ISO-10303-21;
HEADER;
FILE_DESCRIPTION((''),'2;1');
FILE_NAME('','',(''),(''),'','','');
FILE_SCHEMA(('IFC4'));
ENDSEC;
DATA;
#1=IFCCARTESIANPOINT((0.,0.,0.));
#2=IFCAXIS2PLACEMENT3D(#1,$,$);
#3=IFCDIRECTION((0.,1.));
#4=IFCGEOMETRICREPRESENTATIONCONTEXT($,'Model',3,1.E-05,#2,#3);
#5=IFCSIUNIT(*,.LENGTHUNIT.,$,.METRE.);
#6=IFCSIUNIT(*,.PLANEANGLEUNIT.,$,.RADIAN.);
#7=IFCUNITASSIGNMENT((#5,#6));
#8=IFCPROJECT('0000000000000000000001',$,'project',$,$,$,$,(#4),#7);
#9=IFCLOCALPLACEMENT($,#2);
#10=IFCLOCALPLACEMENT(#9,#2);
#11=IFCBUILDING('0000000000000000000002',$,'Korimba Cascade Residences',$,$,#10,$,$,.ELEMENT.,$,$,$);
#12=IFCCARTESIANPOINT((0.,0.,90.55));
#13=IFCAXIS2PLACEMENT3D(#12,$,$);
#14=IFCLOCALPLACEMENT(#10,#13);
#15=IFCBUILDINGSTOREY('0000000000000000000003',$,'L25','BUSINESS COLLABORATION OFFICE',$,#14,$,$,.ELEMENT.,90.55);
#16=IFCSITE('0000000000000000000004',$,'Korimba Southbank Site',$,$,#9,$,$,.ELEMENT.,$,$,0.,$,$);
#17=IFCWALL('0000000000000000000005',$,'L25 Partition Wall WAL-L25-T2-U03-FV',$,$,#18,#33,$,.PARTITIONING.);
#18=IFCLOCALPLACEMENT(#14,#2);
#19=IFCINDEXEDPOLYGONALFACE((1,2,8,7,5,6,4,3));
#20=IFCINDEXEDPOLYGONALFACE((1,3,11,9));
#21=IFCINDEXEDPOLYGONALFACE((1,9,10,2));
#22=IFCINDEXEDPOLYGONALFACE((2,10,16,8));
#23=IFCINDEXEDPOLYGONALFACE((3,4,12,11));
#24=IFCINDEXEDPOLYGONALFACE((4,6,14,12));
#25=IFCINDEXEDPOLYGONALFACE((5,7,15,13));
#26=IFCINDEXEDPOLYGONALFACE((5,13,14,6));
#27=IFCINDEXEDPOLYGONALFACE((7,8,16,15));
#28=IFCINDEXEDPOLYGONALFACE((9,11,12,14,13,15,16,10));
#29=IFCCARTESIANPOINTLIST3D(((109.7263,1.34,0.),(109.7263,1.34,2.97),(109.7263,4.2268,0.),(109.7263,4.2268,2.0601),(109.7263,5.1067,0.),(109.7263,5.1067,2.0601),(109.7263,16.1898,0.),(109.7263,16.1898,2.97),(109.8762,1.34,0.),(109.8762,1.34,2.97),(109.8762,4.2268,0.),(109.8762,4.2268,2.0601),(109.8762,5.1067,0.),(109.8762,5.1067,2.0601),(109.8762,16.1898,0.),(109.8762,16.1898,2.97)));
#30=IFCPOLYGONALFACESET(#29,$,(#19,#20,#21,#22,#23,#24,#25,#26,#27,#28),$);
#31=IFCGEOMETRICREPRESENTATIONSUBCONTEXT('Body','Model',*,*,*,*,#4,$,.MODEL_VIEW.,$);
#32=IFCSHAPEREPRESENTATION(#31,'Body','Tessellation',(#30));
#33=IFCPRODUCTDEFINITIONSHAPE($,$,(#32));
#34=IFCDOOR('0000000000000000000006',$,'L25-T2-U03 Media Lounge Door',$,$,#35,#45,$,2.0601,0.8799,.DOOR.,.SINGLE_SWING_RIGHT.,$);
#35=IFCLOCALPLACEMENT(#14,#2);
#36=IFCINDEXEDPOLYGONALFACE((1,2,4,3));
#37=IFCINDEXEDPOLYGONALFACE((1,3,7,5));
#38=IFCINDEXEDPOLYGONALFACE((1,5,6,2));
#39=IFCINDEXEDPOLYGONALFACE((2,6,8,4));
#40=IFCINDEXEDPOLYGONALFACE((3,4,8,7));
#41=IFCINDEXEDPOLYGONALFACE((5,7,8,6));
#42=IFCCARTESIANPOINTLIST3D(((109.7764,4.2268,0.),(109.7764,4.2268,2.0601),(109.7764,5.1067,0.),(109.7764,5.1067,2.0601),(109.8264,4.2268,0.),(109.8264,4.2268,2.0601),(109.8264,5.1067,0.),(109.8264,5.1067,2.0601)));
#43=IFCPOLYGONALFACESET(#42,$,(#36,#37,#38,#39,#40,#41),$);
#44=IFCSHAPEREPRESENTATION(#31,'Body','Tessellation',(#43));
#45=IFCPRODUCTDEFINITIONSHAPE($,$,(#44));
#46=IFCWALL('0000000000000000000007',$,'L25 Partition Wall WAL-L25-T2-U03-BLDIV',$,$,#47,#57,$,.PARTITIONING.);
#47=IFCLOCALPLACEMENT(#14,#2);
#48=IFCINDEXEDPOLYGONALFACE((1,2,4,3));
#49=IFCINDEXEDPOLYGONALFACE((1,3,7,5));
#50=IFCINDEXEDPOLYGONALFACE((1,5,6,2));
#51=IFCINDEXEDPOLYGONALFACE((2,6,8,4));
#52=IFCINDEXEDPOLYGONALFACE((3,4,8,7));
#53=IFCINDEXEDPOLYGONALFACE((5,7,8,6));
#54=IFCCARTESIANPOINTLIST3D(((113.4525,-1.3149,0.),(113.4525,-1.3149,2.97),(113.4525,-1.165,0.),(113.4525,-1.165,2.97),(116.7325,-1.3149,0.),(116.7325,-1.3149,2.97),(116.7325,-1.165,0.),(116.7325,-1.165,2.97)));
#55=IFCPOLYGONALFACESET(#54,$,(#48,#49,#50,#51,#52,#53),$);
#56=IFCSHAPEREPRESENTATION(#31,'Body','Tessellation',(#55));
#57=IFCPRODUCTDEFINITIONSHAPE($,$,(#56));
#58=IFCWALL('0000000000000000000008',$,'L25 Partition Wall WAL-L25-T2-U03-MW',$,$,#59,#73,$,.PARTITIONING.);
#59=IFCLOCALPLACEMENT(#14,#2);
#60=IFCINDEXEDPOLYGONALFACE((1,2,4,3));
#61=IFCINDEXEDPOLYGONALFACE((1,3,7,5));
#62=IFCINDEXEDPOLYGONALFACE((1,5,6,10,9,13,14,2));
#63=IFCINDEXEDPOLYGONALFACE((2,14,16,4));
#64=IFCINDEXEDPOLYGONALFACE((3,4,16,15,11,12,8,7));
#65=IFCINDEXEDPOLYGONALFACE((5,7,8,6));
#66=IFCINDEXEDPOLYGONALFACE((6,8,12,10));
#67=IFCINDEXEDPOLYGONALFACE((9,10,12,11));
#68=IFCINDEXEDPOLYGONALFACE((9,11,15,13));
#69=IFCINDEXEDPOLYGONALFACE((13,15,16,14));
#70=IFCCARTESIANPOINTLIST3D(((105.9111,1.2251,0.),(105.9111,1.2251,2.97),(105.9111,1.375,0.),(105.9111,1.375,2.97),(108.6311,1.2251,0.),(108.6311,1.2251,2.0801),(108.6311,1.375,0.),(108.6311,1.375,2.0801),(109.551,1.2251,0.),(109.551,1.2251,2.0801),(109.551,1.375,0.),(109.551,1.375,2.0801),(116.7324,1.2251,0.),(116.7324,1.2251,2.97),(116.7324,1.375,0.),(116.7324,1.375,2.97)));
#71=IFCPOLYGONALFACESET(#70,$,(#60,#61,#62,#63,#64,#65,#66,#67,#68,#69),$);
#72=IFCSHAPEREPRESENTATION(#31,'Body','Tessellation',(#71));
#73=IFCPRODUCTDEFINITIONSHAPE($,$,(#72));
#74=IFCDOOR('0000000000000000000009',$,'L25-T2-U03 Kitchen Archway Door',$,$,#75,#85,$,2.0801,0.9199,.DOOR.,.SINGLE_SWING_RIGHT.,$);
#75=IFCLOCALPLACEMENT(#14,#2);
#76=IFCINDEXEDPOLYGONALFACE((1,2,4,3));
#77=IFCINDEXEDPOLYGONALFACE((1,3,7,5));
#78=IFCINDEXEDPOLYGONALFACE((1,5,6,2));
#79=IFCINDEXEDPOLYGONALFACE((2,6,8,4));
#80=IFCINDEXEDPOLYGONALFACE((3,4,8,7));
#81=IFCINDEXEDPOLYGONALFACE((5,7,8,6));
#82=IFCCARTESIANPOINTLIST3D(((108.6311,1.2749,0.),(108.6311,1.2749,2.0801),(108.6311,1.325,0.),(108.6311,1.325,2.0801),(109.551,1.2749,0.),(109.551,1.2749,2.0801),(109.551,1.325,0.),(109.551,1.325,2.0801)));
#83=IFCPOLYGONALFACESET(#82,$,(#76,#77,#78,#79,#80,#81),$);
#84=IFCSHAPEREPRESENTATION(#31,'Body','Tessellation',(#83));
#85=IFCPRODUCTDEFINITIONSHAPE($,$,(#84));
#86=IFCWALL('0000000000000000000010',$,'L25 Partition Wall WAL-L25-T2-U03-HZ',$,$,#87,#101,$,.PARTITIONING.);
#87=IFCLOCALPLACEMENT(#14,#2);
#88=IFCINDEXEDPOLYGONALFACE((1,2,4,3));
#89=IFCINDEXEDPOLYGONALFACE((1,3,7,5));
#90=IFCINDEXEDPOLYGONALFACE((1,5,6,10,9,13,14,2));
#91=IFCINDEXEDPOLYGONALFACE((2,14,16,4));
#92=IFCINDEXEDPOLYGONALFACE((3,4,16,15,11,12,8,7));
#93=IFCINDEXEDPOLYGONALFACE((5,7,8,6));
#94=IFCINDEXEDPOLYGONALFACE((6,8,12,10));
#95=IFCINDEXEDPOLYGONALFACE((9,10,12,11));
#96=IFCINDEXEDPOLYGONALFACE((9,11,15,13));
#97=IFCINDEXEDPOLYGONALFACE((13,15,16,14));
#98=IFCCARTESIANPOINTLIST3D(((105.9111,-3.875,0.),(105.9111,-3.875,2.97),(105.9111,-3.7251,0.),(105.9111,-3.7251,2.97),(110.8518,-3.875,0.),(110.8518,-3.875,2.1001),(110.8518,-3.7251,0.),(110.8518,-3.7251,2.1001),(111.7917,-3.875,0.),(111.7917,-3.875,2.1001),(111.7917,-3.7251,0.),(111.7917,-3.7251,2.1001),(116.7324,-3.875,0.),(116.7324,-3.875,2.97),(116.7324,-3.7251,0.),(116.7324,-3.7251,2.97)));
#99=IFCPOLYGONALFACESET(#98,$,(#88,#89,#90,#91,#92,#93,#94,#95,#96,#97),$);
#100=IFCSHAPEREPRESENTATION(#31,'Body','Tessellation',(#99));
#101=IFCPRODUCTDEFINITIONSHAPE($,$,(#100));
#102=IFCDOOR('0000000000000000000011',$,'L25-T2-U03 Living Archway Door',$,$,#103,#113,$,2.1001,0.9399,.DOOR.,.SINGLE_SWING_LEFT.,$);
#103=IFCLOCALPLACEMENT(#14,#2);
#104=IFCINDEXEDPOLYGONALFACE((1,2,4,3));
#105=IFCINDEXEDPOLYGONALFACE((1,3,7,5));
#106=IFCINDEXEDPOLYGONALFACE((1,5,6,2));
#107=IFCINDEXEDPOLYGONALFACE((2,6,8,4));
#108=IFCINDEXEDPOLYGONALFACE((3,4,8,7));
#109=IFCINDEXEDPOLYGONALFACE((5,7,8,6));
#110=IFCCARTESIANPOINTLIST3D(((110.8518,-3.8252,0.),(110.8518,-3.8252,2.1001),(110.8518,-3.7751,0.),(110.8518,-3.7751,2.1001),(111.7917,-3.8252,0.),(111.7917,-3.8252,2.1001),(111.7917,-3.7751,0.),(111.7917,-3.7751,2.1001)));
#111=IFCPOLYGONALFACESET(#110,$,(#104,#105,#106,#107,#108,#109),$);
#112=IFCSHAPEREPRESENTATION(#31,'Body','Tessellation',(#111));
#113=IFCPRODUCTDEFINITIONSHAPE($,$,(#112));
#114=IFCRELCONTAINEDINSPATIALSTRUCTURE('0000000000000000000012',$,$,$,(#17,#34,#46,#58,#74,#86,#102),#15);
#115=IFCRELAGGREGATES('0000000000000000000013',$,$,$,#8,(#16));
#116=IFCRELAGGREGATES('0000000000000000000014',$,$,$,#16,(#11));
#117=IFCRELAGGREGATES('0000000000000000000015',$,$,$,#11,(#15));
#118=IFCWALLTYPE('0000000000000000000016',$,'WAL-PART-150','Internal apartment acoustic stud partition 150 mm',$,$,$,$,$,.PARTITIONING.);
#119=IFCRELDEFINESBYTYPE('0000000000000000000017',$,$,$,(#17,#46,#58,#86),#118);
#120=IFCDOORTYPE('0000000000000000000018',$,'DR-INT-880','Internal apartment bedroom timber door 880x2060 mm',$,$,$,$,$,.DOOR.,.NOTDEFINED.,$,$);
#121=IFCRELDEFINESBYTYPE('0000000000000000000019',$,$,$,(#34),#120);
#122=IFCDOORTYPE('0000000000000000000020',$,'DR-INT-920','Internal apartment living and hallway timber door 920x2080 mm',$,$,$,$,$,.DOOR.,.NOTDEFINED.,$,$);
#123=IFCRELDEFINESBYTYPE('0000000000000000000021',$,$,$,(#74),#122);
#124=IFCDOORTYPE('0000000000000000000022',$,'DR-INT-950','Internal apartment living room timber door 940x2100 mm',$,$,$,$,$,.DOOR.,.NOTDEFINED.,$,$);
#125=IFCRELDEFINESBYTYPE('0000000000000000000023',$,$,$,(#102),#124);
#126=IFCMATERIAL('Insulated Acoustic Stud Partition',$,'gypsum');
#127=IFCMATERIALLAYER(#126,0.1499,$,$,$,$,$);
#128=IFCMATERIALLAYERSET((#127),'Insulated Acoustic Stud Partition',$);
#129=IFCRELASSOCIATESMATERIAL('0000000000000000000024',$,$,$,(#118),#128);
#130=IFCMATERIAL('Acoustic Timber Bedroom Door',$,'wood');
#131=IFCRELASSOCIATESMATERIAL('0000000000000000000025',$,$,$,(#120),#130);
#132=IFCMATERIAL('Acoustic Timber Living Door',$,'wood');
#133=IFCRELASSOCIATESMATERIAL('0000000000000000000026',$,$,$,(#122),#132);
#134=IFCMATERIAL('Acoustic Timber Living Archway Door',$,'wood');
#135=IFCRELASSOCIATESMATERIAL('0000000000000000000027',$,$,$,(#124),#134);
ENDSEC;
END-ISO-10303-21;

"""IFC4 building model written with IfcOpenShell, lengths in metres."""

from ifc_helpers import new_model, si_unit, direction, frame, frame_2d, origin, place, context, subcontext, project, spatial, rectangle, extrude, material, layer, layer_set, type_object, element, fill, save


model = new_model("IFC4")

# Units and contexts
model_context = context("Model", 3, precision=1e-05, world=origin(), true_north=direction((0.0, 1.0)))
body_context = subcontext(model_context, "Body", "Model", "MODEL_VIEW")
ifc_project = project(units=[si_unit("LENGTHUNIT", "METRE"), si_unit("PLANEANGLEUNIT", "RADIAN")], contexts=[model_context])

# Site, building, storey
site_placement = place(None, origin())
site = spatial("IfcSite", under=ifc_project, at=site_placement, Name="Korimba Southbank Site", CompositionType="ELEMENT", RefElevation=0.0)
building_placement = place(site_placement, origin())
building = spatial("IfcBuilding", under=site, at=building_placement, Name="Korimba Cascade Residences", CompositionType="ELEMENT")
storey_placement = place(building_placement, frame((0.0, 0.0, 90.55)))
storey = spatial("IfcBuildingStorey", under=building, at=storey_placement, Name="L25", Description="BUSINESS COLLABORATION OFFICE", CompositionType="ELEMENT", Elevation=90.55)

# Shared definitions
ifc_material_1 = material(Name="Insulated Acoustic Stud Partition", Category="gypsum")
ifc_layer = layer(ifc_material_1, 0.1499)
ifc_layer_set = layer_set([ifc_layer], Name="Insulated Acoustic Stud Partition")
wall_type = type_object("IfcWallType", Name="WAL-PART-150", Description="Internal apartment acoustic stud partition 150 mm", PredefinedType="PARTITIONING", material=ifc_layer_set)
ifc_material_2 = material(Name="Acoustic Timber Bedroom Door", Category="wood")
door_type_1 = type_object("IfcDoorType", Name="DR-INT-880", Description="Internal apartment bedroom timber door 880x2060 mm", OperationType="NOTDEFINED", PredefinedType="DOOR", material=ifc_material_2)

# Wall, opening, door
wall_1_placement = place(storey_placement, frame((109.8013, 1.3401, 0.0), z_axis=(0.0, 0.0, 1.0), x_axis=(0.0, 1.0, 0.0)))
wall_1 = element("IfcWall", 1, at=wall_1_placement, inside=storey, type_object=wall_type, Name="L25 Partition Wall WAL-L25-T2-U03-FV", PredefinedType="PARTITIONING", context=body_context, shape_type="SweptSolid", body=[
    extrude(rectangle(XDim=14.8499, YDim=0.1499, at=frame_2d((7.4248, 0.0))), origin(), (0.0, 0.0, 1.0), 2.97),
])
opening_1_placement = place(wall_1_placement, frame((2.8867, 0.0, 0.0)))
opening_1 = element("IfcOpeningElement", 2, at=opening_1_placement, cuts=wall_1, PredefinedType="OPENING", context=body_context, shape_type="SweptSolid", body=[
    extrude(rectangle(XDim=0.8799, YDim=2.0601, at=frame_2d((0.4399, 1.03))), frame((0.0, 0.085, 0.0), z_axis=(0.0, -1.0, 0.0), x_axis=(1.0, 0.0, 0.0)), (0.0, 0.0, 1.0), 0.1699),
])
door_1_placement = place(opening_1_placement, origin())
door_1 = element("IfcDoor", 3, at=door_1_placement, inside=storey, type_object=door_type_1, Name="L25-T2-U03 Media Lounge Door", OperationType="SINGLE_SWING_RIGHT", OverallHeight=2.0601, OverallWidth=0.8799, PredefinedType="DOOR", context=body_context, shape_type="SweptSolid", body=[
    extrude(rectangle(XDim=0.8799, YDim=2.0601, at=frame_2d((0.4399, 1.03))), frame((0.0, 0.0249, 0.0), z_axis=(0.0, -1.0, 0.0), x_axis=(1.0, 0.0, 0.0)), (0.0, 0.0, 1.0), 0.05),
])
fill(opening_1, door_1)

# Wall
wall_2_placement = place(storey_placement, frame((113.4524, -1.24, 0.0), z_axis=(0.0, 0.0, 1.0), x_axis=(1.0, 0.0, 0.0)))
element("IfcWall", 4, at=wall_2_placement, inside=storey, type_object=wall_type, Name="L25 Partition Wall WAL-L25-T2-U03-BLDIV", PredefinedType="PARTITIONING", context=body_context, shape_type="SweptSolid", body=[
    extrude(rectangle(XDim=3.28, YDim=0.1499, at=frame_2d((1.6401, 0.0))), origin(), (0.0, 0.0, 1.0), 2.97),
])

# Walls, openings, doors
wall_3_placement = place(storey_placement, frame((105.9111, 1.3, 0.0), z_axis=(0.0, 0.0, 1.0), x_axis=(1.0, 0.0, 0.0)))
wall_3 = element("IfcWall", 5, at=wall_3_placement, inside=storey, type_object=wall_type, Name="L25 Partition Wall WAL-L25-T2-U03-MW", PredefinedType="PARTITIONING", context=body_context, shape_type="SweptSolid", body=[
    extrude(rectangle(XDim=10.8213, YDim=0.1499, at=frame_2d((5.4106, 0.0))), origin(), (0.0, 0.0, 1.0), 2.97),
])
opening_2_placement = place(wall_3_placement, frame((2.72, 0.0, 0.0)))
opening_2 = element("IfcOpeningElement", 6, at=opening_2_placement, cuts=wall_3, PredefinedType="OPENING", context=body_context, shape_type="SweptSolid", body=[
    extrude(rectangle(XDim=0.9199, YDim=2.0801, at=frame_2d((0.46, 1.04))), frame((0.0, 0.085, 0.0), z_axis=(0.0, -1.0, 0.0), x_axis=(1.0, 0.0, 0.0)), (0.0, 0.0, 1.0), 0.1699),
])
ifc_material_3 = material(Name="Acoustic Timber Living Door", Category="wood")
door_type_2 = type_object("IfcDoorType", Name="DR-INT-920", Description="Internal apartment living and hallway timber door 920x2080 mm", OperationType="NOTDEFINED", PredefinedType="DOOR", material=ifc_material_3)
door_2_placement = place(opening_2_placement, origin())
door_2 = element("IfcDoor", 7, at=door_2_placement, inside=storey, type_object=door_type_2, Name="L25-T2-U03 Kitchen Archway Door", OperationType="SINGLE_SWING_RIGHT", OverallHeight=2.0801, OverallWidth=0.9199, PredefinedType="DOOR", context=body_context, shape_type="SweptSolid", body=[
    extrude(rectangle(XDim=0.9199, YDim=2.0801, at=frame_2d((0.46, 1.04))), frame((0.0, 0.0249, 0.0), z_axis=(0.0, -1.0, 0.0), x_axis=(1.0, 0.0, 0.0)), (0.0, 0.0, 1.0), 0.05),
])
fill(opening_2, door_2)
wall_4_placement = place(storey_placement, frame((105.9111, -3.8, 0.0), z_axis=(0.0, 0.0, 1.0), x_axis=(1.0, 0.0, 0.0)))
wall_4 = element("IfcWall", 8, at=wall_4_placement, inside=storey, type_object=wall_type, Name="L25 Partition Wall WAL-L25-T2-U03-HZ", PredefinedType="PARTITIONING", context=body_context, shape_type="SweptSolid", body=[
    extrude(rectangle(XDim=10.8213, YDim=0.1499, at=frame_2d((5.4106, 0.0))), origin(), (0.0, 0.0, 1.0), 2.97),
])
opening_3_placement = place(wall_4_placement, frame((4.9407, 0.0, 0.0)))
opening_3 = element("IfcOpeningElement", 9, at=opening_3_placement, cuts=wall_4, PredefinedType="OPENING", context=body_context, shape_type="SweptSolid", body=[
    extrude(rectangle(XDim=0.9399, YDim=2.1001, at=frame_2d((0.47, 1.05))), frame((0.0, 0.085, 0.0), z_axis=(0.0, -1.0, 0.0), x_axis=(1.0, 0.0, 0.0)), (0.0, 0.0, 1.0), 0.1699),
])
ifc_material_4 = material(Name="Acoustic Timber Living Archway Door", Category="wood")
door_type_3 = type_object("IfcDoorType", Name="DR-INT-950", Description="Internal apartment living room timber door 940x2100 mm", OperationType="NOTDEFINED", PredefinedType="DOOR", material=ifc_material_4)
door_3_placement = place(opening_3_placement, origin())
door_3 = element("IfcDoor", 10, at=door_3_placement, inside=storey, type_object=door_type_3, Name="L25-T2-U03 Living Archway Door", OperationType="SINGLE_SWING_LEFT", OverallHeight=2.1001, OverallWidth=0.9399, PredefinedType="DOOR", context=body_context, shape_type="SweptSolid", body=[
    extrude(rectangle(XDim=0.9399, YDim=2.1001, at=frame_2d((0.47, 1.05))), frame((0.0, 0.0249, 0.0), z_axis=(0.0, -1.0, 0.0), x_axis=(1.0, 0.0, 0.0)), (0.0, 0.0, 1.0), 0.05),
])
fill(opening_3, door_3)

save(model, "model.ifc")
